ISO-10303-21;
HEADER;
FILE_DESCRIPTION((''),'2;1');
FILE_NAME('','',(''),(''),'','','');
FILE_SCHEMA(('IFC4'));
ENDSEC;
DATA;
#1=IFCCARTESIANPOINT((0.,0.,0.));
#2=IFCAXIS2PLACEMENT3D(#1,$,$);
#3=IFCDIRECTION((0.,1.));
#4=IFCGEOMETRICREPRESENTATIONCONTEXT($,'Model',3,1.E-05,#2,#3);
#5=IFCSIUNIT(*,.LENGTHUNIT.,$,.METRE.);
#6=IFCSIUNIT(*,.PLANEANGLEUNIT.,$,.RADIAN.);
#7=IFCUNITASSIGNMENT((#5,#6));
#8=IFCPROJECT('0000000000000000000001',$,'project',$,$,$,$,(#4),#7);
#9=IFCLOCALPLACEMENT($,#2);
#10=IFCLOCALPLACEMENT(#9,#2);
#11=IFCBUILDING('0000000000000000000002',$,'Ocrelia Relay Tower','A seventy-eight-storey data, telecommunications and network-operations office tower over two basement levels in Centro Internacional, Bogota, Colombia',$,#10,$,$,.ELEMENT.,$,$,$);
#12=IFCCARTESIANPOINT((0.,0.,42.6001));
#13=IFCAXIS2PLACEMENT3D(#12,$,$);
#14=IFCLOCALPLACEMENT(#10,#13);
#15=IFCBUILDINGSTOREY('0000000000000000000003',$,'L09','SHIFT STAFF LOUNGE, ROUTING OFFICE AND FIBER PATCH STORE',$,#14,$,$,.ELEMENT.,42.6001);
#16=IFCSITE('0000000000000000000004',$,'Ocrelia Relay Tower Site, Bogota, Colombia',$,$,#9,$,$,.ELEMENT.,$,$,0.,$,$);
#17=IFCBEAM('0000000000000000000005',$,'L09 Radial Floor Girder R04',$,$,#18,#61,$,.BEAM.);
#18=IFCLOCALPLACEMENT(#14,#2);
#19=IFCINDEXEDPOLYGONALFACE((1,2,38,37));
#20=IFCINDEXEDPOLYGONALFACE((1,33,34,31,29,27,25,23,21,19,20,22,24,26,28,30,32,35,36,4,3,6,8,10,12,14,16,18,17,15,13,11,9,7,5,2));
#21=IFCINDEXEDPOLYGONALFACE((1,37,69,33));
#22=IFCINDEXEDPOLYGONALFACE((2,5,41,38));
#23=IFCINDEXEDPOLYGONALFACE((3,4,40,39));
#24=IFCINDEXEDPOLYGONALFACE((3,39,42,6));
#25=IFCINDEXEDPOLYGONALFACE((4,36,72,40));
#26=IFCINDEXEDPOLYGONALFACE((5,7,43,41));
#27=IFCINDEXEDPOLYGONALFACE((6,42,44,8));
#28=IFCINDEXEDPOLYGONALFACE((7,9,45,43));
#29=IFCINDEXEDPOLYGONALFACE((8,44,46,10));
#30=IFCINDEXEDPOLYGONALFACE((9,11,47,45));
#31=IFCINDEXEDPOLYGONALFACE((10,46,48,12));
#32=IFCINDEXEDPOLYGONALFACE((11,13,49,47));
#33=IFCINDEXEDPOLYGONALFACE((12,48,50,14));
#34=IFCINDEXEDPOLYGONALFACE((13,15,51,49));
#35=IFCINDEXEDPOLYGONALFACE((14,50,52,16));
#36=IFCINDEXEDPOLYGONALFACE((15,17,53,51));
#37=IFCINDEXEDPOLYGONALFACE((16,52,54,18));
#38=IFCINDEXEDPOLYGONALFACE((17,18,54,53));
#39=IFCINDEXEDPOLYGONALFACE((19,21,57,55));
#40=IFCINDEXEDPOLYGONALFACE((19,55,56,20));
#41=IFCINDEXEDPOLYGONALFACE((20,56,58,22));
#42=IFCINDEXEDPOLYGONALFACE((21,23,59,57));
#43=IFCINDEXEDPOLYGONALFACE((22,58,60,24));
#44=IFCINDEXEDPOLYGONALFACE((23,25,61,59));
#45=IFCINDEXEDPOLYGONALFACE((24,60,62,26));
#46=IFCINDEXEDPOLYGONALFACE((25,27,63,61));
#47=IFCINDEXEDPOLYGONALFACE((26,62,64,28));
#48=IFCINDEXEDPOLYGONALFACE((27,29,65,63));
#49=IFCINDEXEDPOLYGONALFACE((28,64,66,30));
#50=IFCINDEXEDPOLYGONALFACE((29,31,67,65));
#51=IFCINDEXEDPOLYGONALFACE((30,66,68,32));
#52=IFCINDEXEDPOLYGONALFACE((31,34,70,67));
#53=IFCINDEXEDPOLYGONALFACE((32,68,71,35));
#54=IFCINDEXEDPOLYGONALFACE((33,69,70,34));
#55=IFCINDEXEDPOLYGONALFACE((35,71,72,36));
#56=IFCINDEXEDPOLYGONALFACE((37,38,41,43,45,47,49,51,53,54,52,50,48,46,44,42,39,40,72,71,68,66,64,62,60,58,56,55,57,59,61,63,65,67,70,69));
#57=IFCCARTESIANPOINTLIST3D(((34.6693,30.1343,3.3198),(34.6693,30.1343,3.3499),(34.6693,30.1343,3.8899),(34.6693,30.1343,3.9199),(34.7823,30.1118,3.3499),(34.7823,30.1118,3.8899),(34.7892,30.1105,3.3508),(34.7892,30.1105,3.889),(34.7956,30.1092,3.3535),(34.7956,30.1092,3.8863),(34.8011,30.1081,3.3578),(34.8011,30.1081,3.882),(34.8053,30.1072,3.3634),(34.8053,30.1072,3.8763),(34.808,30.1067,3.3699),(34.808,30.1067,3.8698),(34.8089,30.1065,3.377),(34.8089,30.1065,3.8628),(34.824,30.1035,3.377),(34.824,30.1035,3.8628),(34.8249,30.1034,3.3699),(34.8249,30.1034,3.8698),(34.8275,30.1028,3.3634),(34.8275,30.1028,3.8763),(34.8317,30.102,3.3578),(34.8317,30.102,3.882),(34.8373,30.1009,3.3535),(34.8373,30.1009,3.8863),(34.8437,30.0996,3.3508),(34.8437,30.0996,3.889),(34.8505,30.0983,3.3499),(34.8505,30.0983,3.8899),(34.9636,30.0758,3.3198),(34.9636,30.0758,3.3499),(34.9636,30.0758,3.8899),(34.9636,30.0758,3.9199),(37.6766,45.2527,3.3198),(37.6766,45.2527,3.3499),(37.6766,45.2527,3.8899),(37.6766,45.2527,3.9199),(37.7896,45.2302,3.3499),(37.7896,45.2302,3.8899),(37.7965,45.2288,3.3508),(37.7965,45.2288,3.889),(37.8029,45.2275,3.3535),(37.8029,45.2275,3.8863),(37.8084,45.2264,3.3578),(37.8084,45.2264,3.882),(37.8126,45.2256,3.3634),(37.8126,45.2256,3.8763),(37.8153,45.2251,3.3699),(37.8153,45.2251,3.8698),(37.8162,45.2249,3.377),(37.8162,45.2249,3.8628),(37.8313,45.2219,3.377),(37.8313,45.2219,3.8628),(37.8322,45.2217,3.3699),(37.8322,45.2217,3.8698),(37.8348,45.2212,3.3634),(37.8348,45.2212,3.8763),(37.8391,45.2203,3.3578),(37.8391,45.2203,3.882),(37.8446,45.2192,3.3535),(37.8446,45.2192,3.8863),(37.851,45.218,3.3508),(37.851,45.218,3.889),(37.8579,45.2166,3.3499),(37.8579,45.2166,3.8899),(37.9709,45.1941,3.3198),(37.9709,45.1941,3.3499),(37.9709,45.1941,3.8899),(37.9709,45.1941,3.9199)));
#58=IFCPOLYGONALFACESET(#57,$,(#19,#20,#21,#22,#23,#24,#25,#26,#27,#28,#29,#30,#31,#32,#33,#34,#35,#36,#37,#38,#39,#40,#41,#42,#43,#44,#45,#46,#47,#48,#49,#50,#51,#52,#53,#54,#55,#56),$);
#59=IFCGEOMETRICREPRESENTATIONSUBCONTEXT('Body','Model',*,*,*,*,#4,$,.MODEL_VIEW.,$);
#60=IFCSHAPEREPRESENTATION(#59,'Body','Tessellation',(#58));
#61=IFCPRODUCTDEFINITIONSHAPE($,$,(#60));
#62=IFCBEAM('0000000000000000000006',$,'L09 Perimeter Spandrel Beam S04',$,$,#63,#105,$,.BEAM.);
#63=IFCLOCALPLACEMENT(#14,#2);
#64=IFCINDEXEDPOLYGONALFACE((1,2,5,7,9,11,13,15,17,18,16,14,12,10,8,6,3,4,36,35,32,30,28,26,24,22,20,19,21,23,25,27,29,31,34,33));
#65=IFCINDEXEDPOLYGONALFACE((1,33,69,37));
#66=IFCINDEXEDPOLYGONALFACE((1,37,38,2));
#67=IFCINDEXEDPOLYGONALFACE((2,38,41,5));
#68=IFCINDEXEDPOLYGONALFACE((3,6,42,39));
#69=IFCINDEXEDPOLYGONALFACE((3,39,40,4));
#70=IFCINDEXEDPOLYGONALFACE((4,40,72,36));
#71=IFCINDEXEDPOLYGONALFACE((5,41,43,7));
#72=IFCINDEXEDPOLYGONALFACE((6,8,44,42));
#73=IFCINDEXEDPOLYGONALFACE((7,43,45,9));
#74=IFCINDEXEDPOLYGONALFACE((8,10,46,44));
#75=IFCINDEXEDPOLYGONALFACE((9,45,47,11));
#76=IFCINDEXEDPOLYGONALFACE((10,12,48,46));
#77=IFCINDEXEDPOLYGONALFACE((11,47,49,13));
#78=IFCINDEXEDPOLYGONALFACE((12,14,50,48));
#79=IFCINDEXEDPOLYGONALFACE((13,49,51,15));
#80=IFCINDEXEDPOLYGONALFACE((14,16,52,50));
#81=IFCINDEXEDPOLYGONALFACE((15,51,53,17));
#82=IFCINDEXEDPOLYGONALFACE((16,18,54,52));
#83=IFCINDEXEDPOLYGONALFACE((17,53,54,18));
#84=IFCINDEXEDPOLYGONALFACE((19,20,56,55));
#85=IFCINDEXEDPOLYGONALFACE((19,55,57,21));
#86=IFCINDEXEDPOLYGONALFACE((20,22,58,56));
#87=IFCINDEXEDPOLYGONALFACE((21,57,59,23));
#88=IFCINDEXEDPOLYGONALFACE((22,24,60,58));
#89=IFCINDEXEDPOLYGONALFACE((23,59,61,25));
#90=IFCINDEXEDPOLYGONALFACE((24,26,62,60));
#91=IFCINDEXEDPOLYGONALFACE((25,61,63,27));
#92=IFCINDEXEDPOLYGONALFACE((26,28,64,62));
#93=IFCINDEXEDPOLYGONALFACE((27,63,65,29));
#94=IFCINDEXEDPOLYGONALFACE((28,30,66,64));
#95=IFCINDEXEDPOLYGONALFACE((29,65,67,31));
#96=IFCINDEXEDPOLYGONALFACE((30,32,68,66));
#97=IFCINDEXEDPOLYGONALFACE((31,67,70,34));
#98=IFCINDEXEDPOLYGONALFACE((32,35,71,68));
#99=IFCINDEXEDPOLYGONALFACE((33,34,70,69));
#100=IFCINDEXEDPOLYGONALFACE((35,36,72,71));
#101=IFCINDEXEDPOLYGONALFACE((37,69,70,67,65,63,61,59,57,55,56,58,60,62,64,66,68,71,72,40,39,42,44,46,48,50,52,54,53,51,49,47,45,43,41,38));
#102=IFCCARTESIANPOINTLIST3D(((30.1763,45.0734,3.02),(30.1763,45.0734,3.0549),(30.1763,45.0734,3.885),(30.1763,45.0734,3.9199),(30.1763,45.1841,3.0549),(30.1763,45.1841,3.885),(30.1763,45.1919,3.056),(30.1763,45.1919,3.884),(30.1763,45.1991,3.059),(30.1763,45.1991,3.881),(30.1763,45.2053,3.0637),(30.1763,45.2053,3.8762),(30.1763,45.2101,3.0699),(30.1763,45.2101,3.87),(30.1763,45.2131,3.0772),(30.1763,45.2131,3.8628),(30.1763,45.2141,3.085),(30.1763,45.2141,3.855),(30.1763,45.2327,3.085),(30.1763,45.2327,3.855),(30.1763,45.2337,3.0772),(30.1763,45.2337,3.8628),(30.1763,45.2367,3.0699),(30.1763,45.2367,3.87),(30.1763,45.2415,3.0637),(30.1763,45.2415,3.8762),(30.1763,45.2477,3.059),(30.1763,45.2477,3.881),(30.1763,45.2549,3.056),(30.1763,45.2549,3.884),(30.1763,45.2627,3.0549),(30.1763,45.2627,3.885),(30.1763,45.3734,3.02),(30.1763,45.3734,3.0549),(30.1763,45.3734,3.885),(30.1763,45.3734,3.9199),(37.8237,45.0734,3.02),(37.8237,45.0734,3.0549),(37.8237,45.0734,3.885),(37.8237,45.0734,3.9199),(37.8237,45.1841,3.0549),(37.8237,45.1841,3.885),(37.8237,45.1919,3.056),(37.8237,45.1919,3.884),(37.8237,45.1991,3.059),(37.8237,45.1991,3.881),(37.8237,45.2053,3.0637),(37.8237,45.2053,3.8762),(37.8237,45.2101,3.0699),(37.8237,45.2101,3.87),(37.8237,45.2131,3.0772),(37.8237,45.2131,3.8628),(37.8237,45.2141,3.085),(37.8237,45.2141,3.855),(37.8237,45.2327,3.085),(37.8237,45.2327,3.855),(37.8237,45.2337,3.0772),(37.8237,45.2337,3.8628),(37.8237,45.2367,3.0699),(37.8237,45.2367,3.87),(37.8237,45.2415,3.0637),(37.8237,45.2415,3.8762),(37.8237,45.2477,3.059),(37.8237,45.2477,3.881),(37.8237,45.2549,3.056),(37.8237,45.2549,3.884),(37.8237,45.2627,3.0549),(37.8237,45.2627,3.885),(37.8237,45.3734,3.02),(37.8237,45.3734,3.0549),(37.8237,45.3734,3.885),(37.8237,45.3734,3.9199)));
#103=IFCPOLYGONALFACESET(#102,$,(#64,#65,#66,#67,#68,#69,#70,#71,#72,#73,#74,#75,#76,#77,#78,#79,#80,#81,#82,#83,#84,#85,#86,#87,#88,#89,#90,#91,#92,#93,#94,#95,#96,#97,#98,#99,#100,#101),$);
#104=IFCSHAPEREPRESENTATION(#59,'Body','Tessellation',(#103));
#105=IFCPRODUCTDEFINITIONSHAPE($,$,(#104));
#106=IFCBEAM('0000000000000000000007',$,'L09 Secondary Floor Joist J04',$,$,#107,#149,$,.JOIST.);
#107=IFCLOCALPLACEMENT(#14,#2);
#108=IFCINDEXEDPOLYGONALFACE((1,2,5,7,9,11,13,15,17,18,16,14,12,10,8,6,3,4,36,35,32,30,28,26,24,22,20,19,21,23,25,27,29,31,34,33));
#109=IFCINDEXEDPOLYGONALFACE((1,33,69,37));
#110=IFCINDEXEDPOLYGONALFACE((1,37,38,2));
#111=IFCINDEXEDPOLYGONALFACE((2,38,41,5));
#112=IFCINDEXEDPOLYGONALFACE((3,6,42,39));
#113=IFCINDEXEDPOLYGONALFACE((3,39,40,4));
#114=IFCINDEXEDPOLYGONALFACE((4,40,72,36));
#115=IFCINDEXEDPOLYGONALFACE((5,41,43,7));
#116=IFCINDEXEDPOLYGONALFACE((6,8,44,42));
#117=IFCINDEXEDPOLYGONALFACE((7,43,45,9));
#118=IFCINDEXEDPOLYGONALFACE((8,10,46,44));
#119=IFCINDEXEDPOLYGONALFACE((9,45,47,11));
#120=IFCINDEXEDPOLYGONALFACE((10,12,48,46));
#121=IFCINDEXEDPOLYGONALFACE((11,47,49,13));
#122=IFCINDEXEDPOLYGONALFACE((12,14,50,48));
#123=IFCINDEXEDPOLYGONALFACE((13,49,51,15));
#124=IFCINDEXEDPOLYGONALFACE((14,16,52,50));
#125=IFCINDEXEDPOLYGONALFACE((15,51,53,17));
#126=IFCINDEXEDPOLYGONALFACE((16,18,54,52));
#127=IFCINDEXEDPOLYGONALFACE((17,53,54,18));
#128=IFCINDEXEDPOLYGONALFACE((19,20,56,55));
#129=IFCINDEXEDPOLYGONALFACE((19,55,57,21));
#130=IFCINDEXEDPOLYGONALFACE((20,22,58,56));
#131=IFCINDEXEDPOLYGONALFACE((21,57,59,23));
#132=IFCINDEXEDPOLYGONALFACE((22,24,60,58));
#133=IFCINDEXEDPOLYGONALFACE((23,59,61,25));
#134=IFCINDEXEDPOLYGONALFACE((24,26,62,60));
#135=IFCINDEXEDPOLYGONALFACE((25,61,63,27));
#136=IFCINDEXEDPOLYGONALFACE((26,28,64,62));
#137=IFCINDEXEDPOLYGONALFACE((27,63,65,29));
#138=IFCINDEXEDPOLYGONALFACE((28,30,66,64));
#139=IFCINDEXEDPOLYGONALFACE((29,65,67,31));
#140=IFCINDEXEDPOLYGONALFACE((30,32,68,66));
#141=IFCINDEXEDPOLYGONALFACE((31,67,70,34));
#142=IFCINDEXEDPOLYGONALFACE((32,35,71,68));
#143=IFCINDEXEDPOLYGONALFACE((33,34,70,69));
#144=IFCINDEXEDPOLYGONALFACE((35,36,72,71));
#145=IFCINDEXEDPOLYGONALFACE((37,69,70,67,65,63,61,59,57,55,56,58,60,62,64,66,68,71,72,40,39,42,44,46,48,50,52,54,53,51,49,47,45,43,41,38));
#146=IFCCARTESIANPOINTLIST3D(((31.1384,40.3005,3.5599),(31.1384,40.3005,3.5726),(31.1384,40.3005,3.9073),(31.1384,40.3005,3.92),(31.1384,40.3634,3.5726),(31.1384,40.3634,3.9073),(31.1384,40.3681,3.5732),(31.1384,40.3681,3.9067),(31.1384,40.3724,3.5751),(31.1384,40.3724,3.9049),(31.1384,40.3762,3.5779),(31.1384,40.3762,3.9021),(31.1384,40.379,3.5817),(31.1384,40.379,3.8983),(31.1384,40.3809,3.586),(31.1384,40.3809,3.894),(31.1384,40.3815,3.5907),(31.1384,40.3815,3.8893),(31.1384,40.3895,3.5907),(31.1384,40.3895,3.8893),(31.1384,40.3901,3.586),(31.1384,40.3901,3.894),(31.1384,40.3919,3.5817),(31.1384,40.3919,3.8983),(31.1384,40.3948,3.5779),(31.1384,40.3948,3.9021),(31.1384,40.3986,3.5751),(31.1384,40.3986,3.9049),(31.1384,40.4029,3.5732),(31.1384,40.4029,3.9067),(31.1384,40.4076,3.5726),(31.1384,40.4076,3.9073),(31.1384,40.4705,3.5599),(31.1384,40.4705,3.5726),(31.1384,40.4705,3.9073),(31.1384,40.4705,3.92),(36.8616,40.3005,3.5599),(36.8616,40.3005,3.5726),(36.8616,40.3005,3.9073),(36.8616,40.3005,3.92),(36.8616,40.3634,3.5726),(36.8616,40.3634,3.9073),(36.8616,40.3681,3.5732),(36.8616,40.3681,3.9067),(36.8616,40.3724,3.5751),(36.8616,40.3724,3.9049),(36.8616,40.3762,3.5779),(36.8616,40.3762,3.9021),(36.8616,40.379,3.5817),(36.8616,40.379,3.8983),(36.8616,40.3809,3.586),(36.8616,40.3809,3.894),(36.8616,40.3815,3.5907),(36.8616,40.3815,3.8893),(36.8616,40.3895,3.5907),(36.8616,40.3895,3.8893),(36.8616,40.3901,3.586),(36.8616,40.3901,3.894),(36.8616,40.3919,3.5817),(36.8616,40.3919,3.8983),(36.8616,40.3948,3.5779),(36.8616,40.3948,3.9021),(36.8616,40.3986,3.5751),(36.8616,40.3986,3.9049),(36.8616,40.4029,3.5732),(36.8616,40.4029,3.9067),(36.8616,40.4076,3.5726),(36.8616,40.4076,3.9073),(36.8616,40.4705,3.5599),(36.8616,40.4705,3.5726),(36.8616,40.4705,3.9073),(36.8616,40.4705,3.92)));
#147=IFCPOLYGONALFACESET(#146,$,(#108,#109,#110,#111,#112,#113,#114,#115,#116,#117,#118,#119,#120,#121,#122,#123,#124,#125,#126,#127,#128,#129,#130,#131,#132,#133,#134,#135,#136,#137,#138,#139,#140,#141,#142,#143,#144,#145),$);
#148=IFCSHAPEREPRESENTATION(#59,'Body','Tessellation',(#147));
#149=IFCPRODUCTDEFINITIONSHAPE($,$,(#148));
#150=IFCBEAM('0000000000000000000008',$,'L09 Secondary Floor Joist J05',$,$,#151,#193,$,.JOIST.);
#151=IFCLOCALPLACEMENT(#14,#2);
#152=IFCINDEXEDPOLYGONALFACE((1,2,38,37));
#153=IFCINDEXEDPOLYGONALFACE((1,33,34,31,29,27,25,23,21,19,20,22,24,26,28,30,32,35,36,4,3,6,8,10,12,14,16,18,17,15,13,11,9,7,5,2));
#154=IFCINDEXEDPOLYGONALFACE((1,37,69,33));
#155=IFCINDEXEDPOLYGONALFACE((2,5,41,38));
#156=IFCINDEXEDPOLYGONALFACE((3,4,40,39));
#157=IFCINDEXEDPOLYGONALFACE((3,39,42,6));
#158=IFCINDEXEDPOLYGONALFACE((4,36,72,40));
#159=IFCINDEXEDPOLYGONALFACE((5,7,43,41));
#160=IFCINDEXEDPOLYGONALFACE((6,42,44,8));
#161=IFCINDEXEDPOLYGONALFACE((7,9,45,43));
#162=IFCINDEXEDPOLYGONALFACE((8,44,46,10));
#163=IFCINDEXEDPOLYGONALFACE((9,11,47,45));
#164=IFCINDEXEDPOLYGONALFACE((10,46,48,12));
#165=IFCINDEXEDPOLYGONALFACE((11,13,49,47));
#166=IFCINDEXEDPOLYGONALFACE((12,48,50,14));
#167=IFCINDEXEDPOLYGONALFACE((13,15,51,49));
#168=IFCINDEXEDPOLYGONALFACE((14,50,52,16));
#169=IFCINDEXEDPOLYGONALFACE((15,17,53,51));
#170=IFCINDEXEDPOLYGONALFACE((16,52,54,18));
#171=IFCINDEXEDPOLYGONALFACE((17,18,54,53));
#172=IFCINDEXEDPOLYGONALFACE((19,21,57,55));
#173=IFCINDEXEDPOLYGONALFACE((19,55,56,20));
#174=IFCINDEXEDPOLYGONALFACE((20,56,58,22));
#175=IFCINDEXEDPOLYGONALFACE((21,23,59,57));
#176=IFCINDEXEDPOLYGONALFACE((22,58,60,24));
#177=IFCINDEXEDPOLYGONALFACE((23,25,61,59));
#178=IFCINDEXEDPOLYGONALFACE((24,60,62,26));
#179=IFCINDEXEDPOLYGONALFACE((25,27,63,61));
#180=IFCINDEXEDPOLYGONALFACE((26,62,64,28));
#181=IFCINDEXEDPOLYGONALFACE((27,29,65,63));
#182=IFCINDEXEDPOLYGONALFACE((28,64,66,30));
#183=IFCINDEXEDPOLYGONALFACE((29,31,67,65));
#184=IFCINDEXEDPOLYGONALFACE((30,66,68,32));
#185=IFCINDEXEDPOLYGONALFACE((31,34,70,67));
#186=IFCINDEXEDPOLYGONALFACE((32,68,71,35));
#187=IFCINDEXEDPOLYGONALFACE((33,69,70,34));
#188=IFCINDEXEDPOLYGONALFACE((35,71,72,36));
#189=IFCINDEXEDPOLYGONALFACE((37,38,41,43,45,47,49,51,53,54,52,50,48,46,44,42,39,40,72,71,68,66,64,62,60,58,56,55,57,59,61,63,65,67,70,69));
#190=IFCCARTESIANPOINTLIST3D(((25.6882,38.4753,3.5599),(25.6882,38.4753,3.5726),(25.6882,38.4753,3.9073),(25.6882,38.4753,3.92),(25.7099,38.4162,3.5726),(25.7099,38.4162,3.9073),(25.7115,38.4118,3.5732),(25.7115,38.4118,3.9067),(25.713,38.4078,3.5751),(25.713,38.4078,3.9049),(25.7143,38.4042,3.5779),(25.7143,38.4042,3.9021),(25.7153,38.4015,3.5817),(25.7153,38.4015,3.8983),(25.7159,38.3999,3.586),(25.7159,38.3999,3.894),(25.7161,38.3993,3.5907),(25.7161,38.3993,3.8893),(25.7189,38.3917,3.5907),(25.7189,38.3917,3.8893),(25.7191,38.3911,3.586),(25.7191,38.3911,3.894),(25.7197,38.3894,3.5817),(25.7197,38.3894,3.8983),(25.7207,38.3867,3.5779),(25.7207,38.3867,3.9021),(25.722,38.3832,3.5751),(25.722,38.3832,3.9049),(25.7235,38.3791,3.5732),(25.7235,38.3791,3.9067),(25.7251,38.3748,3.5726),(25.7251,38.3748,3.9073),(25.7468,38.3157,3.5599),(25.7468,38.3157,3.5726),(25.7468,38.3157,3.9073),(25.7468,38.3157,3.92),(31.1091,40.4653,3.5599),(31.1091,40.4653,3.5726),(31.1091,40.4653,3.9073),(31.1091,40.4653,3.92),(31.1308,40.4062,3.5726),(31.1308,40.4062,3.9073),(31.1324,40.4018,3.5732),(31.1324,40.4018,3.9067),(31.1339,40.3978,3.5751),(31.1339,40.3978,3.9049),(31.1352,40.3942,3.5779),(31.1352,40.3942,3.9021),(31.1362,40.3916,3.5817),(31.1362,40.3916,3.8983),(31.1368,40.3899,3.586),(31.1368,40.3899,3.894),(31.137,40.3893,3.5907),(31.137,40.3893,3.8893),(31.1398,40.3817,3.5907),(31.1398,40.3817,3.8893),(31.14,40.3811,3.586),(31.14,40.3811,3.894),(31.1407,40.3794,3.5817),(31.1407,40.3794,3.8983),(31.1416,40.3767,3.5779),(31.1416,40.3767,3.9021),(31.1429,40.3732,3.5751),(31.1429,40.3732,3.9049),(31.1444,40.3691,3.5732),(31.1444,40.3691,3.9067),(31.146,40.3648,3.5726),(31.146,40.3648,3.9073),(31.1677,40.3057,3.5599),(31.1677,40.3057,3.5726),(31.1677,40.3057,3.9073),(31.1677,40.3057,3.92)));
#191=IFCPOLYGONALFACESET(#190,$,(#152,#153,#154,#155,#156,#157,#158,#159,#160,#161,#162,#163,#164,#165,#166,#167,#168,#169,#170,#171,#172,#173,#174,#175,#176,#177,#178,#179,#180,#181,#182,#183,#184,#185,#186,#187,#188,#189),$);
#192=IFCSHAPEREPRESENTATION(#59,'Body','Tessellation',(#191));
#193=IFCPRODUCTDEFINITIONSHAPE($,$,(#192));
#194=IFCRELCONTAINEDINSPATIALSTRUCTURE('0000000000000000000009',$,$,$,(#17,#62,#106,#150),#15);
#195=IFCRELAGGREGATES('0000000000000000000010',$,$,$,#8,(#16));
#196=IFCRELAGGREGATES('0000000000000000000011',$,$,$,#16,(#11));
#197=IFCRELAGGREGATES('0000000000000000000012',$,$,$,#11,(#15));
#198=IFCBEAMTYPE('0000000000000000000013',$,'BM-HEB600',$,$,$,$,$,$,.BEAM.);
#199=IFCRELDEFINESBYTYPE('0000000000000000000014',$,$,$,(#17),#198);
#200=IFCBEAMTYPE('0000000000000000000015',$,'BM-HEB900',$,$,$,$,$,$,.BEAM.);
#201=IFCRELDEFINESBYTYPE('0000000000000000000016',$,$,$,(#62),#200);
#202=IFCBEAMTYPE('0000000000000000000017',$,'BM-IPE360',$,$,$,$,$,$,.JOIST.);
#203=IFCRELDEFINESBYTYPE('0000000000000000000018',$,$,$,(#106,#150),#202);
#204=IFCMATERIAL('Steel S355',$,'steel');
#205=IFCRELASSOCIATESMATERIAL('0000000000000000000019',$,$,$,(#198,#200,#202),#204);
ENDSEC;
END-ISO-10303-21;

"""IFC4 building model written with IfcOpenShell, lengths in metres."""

from ifc_helpers import new_model, si_unit, direction, frame, origin, origin_2d, place, context, subcontext, project, spatial, i_section, extrude, material, material_profile, profile_set, type_object, element, save


model = new_model("IFC4")

# Units and contexts
model_context = context("Model", 3, precision=1e-05, world=origin(), true_north=direction((0.0, 1.0)))
body_context = subcontext(model_context, "Body", "Model", "MODEL_VIEW")
ifc_project = project(units=[si_unit("LENGTHUNIT", "METRE"), si_unit("PLANEANGLEUNIT", "RADIAN")], contexts=[model_context])

# Site, building, storey
site_placement = place(None, origin())
site = spatial("IfcSite", under=ifc_project, at=site_placement, Name="Ocrelia Relay Tower Site, Bogota, Colombia", CompositionType="ELEMENT", RefElevation=0.0)
building_placement = place(site_placement, origin())
building = spatial("IfcBuilding", under=site, at=building_placement, Name="Ocrelia Relay Tower", Description="A seventy-eight-storey data, telecommunications and network-operations office tower over two basement levels in Centro Internacional, Bogota, Colombia", CompositionType="ELEMENT")
storey_placement = place(building_placement, frame((0.0, 0.0, 42.6001)))
storey = spatial("IfcBuildingStorey", under=building, at=storey_placement, Name="L09", Description="SHIFT STAFF LOUNGE, ROUTING OFFICE AND FIBER PATCH STORE", CompositionType="ELEMENT", Elevation=42.6001)

# Beams
ifc_material_1 = material(Name="Steel S355", Category="steel")
ifc_material_profile_1 = material_profile(ifc_material_1, i_section(OverallWidth=0.3, OverallDepth=0.6001, WebThickness=0.0154, FlangeThickness=0.03, FilletRadius=0.0271, at=origin_2d()), Name="HEB 600")
ifc_profile_set_1 = profile_set([ifc_material_profile_1], Name="Steel S355")
beam_type_1 = type_object("IfcBeamType", Name="BM-HEB600", PredefinedType="BEAM", material=ifc_profile_set_1)
beam_1_placement = place(storey_placement, frame((37.8237, 45.2234, 3.6199), z_axis=(-0.195096, -0.980784, 0.0), x_axis=(0.980784, -0.195096, 0.0)))
element("IfcBeam", 1, at=beam_1_placement, inside=storey, type_object=beam_type_1, Name="L09 Radial Floor Girder R04", PredefinedType="BEAM", context=body_context, shape_type="SweptSolid", body=[
    extrude(i_section(OverallWidth=0.3, OverallDepth=0.6001, WebThickness=0.0154, FlangeThickness=0.03, FilletRadius=0.0271, at=origin_2d()), origin(), (0.0, 0.0, 1.0), 15.4146),
])
ifc_material_profile_2 = material_profile(ifc_material_1, i_section(OverallWidth=0.3, OverallDepth=0.8999, WebThickness=0.0186, FlangeThickness=0.0349, FilletRadius=0.03, at=origin_2d()), Name="HEB 900")
ifc_profile_set_2 = profile_set([ifc_material_profile_2], Name="Steel S355")
beam_type_2 = type_object("IfcBeamType", Name="BM-HEB900", PredefinedType="BEAM", material=ifc_profile_set_2)
beam_2_placement = place(storey_placement, frame((37.8237, 45.2234, 3.47), z_axis=(-1.0, 0.0, 0.0), x_axis=(0.0, -1.0, 0.0)))
element("IfcBeam", 2, at=beam_2_placement, inside=storey, type_object=beam_type_2, Name="L09 Perimeter Spandrel Beam S04", PredefinedType="BEAM", context=body_context, shape_type="SweptSolid", body=[
    extrude(i_section(OverallWidth=0.3, OverallDepth=0.8999, WebThickness=0.0186, FlangeThickness=0.0349, FilletRadius=0.03, at=origin_2d()), origin(), (0.0, 0.0, 1.0), 7.6475),
])
ifc_material_profile_3 = material_profile(ifc_material_1, i_section(OverallWidth=0.1699, OverallDepth=0.3601, WebThickness=0.0081, FlangeThickness=0.0127, FilletRadius=0.0181, at=origin_2d()), Name="IPE 360")
ifc_profile_set_3 = profile_set([ifc_material_profile_3], Name="Steel S355")
beam_type_3 = type_object("IfcBeamType", Name="BM-IPE360", PredefinedType="JOIST", material=ifc_profile_set_3)
beam_3_placement = place(storey_placement, frame((36.8616, 40.3855, 3.74), z_axis=(-1.0, 0.0, 0.0), x_axis=(0.0, -1.0, 0.0)))
element("IfcBeam", 3, at=beam_3_placement, inside=storey, type_object=beam_type_3, Name="L09 Secondary Floor Joist J04", PredefinedType="JOIST", context=body_context, shape_type="SweptSolid", body=[
    extrude(i_section(OverallWidth=0.1699, OverallDepth=0.3601, WebThickness=0.0081, FlangeThickness=0.0127, FilletRadius=0.0181, at=origin_2d()), origin(), (0.0, 0.0, 1.0), 5.7231),
])
beam_4_placement = place(storey_placement, frame((31.1384, 40.3855, 3.74), z_axis=(-0.938746, -0.34461, 0.0), x_axis=(0.34461, -0.938746, 0.0)))
element("IfcBeam", 4, at=beam_4_placement, inside=storey, type_object=beam_type_3, Name="L09 Secondary Floor Joist J05", PredefinedType="JOIST", context=body_context, shape_type="SweptSolid", body=[
    extrude(i_section(OverallWidth=0.1699, OverallDepth=0.3601, WebThickness=0.0081, FlangeThickness=0.0127, FilletRadius=0.0181, at=origin_2d()), origin(), (0.0, 0.0, 1.0), 5.7747),
])

save(model, "model.ifc")
